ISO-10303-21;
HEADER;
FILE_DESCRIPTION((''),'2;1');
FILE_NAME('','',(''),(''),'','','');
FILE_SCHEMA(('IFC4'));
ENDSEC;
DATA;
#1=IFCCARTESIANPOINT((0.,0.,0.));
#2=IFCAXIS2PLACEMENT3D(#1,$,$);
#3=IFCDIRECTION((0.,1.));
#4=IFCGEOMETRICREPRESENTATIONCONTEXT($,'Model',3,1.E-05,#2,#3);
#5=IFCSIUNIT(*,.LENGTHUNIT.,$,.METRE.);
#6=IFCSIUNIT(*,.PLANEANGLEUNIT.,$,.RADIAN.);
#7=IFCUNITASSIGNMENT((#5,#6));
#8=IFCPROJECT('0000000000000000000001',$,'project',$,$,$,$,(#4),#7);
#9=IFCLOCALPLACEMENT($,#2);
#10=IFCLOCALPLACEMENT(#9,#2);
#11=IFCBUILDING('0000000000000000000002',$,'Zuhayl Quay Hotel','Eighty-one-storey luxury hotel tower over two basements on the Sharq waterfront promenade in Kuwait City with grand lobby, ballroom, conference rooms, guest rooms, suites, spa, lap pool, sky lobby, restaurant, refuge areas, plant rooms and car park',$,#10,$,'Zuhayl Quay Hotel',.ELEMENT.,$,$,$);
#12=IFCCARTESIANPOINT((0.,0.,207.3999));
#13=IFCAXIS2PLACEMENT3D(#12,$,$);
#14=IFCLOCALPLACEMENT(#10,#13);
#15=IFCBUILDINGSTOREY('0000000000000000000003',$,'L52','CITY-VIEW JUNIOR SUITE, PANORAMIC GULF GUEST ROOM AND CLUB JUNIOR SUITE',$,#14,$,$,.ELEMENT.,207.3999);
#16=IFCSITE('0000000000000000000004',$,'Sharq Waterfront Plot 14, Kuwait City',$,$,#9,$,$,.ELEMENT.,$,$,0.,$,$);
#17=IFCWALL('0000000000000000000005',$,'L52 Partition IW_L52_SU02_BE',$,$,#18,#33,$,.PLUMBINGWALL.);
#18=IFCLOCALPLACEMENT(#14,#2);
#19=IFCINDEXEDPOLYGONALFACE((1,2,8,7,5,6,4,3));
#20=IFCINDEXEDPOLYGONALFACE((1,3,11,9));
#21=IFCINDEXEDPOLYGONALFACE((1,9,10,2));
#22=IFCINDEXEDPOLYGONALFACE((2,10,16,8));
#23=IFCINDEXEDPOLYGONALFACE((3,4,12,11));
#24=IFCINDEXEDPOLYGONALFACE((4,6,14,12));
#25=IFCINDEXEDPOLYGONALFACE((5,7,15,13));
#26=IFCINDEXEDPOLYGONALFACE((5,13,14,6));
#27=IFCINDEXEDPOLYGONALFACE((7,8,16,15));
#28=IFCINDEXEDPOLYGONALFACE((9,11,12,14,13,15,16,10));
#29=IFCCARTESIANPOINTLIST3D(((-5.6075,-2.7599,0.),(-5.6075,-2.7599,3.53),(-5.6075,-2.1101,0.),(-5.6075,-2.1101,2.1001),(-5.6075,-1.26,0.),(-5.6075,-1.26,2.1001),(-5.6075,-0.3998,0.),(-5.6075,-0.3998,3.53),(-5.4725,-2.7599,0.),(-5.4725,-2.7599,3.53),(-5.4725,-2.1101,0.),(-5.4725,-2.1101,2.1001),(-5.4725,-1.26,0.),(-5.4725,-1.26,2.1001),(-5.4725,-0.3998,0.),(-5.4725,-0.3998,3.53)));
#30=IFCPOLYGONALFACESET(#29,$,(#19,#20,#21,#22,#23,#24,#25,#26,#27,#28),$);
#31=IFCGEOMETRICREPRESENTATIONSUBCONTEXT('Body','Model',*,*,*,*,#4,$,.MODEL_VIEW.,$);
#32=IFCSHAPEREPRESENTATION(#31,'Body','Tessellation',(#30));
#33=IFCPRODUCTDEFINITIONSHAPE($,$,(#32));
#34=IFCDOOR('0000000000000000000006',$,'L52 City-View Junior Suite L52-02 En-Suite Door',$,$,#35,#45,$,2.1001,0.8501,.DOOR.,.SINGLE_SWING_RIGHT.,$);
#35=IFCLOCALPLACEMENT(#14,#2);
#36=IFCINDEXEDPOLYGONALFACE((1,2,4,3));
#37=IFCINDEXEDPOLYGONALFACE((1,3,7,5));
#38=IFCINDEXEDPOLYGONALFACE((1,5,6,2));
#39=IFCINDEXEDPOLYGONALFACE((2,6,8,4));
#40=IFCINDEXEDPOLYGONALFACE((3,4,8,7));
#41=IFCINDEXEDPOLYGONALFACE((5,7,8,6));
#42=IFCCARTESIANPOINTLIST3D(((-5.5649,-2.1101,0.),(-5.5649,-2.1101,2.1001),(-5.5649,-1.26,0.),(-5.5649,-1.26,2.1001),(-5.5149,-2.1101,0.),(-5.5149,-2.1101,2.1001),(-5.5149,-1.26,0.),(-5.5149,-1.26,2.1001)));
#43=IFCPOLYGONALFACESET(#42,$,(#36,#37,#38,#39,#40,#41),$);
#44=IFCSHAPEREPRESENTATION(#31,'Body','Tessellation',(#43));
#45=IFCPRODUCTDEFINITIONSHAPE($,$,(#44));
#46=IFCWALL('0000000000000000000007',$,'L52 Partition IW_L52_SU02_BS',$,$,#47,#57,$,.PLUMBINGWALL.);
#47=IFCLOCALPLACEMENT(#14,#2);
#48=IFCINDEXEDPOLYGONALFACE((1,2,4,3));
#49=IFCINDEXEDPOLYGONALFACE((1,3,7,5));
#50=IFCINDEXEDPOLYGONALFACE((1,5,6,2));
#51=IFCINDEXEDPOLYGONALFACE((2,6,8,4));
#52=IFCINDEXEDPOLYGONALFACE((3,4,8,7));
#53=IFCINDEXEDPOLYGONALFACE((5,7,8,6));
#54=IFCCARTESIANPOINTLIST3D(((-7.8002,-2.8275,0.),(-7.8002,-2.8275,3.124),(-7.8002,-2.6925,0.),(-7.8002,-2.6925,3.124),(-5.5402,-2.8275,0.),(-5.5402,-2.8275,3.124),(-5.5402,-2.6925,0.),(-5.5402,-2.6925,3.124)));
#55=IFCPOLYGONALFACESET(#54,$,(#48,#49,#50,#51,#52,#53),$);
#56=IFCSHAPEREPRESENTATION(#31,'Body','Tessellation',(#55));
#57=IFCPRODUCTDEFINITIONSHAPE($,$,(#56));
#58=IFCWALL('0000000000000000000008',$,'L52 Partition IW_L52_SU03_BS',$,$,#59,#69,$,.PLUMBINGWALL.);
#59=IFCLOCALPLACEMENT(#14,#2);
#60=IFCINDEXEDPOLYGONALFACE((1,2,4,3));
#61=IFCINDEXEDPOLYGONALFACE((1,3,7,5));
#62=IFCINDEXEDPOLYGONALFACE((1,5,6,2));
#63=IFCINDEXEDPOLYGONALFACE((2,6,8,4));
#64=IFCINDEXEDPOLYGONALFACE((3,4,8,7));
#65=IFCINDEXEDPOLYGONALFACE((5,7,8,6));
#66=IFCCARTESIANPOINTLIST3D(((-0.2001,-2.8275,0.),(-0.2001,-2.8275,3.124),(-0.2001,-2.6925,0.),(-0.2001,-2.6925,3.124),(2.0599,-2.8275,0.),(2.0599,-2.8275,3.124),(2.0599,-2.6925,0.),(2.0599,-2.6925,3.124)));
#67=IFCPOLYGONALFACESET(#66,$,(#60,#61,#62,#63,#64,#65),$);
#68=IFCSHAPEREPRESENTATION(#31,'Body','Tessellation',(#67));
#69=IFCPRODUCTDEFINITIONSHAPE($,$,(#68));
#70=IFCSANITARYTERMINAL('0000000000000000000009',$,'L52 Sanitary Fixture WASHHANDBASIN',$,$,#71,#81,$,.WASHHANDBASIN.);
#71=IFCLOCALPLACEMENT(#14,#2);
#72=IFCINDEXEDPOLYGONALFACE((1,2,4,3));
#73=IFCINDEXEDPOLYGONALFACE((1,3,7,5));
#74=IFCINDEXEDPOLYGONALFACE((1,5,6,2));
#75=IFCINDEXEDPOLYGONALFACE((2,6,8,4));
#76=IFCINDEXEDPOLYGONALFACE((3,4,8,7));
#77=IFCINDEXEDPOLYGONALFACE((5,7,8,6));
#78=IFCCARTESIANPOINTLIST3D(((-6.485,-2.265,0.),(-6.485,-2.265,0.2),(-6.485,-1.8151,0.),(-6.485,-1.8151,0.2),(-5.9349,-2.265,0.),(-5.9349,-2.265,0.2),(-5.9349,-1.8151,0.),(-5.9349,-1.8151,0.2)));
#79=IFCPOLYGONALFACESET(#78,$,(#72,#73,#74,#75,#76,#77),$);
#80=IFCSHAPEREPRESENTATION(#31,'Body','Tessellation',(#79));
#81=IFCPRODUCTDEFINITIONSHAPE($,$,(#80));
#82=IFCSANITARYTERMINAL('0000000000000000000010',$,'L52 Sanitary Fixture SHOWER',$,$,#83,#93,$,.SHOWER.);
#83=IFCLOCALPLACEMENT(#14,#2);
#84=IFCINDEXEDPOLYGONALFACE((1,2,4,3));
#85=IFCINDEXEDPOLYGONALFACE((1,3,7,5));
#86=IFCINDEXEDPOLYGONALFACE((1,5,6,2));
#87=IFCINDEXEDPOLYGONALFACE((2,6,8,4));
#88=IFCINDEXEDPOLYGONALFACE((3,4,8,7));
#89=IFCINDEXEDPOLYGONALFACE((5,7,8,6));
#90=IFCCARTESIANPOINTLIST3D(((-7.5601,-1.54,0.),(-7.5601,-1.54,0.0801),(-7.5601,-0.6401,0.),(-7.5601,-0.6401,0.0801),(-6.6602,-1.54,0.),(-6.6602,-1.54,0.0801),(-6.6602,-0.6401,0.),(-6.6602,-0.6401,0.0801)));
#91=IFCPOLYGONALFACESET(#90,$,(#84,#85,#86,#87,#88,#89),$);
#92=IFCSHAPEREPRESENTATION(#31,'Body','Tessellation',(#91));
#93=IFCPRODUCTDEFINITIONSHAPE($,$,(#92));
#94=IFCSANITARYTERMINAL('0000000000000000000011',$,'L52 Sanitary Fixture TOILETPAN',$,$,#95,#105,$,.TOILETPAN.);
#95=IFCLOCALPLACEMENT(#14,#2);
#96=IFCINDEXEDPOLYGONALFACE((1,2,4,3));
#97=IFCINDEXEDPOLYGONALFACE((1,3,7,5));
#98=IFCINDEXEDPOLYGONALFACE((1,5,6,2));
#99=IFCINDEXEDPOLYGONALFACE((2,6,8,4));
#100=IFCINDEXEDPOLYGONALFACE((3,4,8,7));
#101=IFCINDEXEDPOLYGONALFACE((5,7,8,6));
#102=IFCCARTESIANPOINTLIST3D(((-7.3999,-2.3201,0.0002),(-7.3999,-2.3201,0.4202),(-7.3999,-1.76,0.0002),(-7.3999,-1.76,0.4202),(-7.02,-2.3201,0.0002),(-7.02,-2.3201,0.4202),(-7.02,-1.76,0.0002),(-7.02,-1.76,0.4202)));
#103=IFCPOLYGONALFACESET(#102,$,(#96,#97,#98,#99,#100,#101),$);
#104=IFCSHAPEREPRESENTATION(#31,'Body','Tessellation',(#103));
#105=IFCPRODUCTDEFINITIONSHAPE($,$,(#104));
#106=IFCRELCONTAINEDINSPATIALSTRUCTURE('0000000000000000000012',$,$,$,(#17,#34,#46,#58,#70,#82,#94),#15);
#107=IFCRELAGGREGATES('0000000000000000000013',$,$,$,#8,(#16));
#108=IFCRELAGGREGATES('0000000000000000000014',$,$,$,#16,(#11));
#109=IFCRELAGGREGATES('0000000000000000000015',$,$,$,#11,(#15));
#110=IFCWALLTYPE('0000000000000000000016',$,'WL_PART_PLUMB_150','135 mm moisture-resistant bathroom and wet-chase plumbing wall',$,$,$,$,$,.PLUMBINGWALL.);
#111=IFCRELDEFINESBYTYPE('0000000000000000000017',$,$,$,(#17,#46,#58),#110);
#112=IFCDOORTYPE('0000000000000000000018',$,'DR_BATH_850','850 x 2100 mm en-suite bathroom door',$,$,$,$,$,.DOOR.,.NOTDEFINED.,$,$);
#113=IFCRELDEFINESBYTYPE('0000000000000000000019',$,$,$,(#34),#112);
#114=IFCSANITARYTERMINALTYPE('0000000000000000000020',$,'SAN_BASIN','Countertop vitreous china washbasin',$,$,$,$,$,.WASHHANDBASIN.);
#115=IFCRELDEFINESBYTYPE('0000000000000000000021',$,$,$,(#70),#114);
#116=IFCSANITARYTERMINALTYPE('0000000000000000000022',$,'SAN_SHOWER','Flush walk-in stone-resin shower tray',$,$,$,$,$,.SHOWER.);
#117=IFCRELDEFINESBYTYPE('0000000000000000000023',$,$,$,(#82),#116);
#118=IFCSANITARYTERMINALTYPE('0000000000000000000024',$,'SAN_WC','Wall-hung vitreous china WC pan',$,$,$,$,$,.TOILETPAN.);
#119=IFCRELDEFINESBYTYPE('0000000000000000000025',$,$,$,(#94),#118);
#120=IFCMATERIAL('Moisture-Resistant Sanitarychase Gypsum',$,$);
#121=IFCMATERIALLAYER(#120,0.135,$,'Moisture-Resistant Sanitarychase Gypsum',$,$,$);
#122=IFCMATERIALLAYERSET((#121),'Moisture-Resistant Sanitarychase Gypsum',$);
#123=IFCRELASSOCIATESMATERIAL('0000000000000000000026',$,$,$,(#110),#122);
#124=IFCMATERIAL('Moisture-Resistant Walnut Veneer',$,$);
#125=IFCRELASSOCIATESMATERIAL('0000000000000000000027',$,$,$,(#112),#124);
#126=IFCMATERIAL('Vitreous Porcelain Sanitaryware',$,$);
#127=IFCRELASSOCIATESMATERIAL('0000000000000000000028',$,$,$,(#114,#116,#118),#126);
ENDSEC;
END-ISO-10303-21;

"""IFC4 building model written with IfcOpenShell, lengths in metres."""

from ifc_helpers import new_model, si_unit, direction, frame, frame_2d, origin, origin_2d, place, context, subcontext, project, spatial, rectangle, extrude, material, layer, layer_set, type_object, element, fill, save


model = new_model("IFC4")

# Units and contexts
model_context = context("Model", 3, precision=1e-05, world=origin(), true_north=direction((0.0, 1.0)))
body_context = subcontext(model_context, "Body", "Model", "MODEL_VIEW")
ifc_project = project(units=[si_unit("LENGTHUNIT", "METRE"), si_unit("PLANEANGLEUNIT", "RADIAN")], contexts=[model_context])

# Site, building, storey
site_placement = place(None, origin())
site = spatial("IfcSite", under=ifc_project, at=site_placement, Name="Sharq Waterfront Plot 14, Kuwait City", CompositionType="ELEMENT", RefElevation=0.0)
building_placement = place(site_placement, origin())
building = spatial("IfcBuilding", under=site, at=building_placement, Name="Zuhayl Quay Hotel", Description="Eighty-one-storey luxury hotel tower over two basements on the Sharq waterfront promenade in Kuwait City with grand lobby, ballroom, conference rooms, guest rooms, suites, spa, lap pool, sky lobby, restaurant, refuge areas, plant rooms and car park", LongName="Zuhayl Quay Hotel", CompositionType="ELEMENT")
storey_placement = place(building_placement, frame((0.0, 0.0, 207.3999)))
storey = spatial("IfcBuildingStorey", under=building, at=storey_placement, Name="L52", Description="CITY-VIEW JUNIOR SUITE, PANORAMIC GULF GUEST ROOM AND CLUB JUNIOR SUITE", CompositionType="ELEMENT", Elevation=207.3999)

# Wall, opening, door
ifc_material_1 = material(Name="Moisture-Resistant Sanitarychase Gypsum")
ifc_layer_1 = layer(ifc_material_1, 0.135, Name="Moisture-Resistant Sanitarychase Gypsum")
ifc_layer_set_1 = layer_set([ifc_layer_1], Name="Moisture-Resistant Sanitarychase Gypsum")
wall_type_1 = type_object("IfcWallType", Name="WL_PART_PLUMB_150", Description="135 mm moisture-resistant bathroom and wet-chase plumbing wall", PredefinedType="PLUMBINGWALL", material=ifc_layer_set_1)
wall_1_placement = place(storey_placement, frame((-5.54, -2.76, 0.0), z_axis=(0.0, 0.0, 1.0), x_axis=(0.0, 1.0, 0.0)))
wall_1 = element("IfcWall", 1, at=wall_1_placement, inside=storey, type_object=wall_type_1, Name="L52 Partition IW_L52_SU02_BE", PredefinedType="PLUMBINGWALL", context=body_context, shape_type="SweptSolid", body=[
    extrude(rectangle(XDim=2.3601, YDim=0.135, at=frame_2d((1.1802, 0.0))), origin(), (0.0, 0.0, 1.0), 3.53),
])
opening_1_placement = place(wall_1_placement, frame((0.6499, 0.0, 0.0)))
opening_1 = element("IfcOpeningElement", 2, at=opening_1_placement, cuts=wall_1, PredefinedType="OPENING", context=body_context, shape_type="SweptSolid", body=[
    extrude(rectangle(XDim=0.8501, YDim=2.1001, at=frame_2d((0.425, 1.05))), frame((0.0, 0.0774, 0.0), z_axis=(0.0, -1.0, 0.0), x_axis=(1.0, 0.0, 0.0)), (0.0, 0.0, 1.0), 0.155),
])
ifc_material_2 = material(Name="Moisture-Resistant Walnut Veneer")
door_type_1 = type_object("IfcDoorType", Name="DR_BATH_850", Description="850 x 2100 mm en-suite bathroom door", OperationType="NOTDEFINED", PredefinedType="DOOR", material=ifc_material_2)
door_1_placement = place(opening_1_placement, origin())
door_1 = element("IfcDoor", 3, at=door_1_placement, inside=storey, type_object=door_type_1, Name="L52 City-View Junior Suite L52-02 En-Suite Door", OperationType="SINGLE_SWING_RIGHT", OverallHeight=2.1001, OverallWidth=0.8501, PredefinedType="DOOR", context=body_context, shape_type="SweptSolid", body=[
    extrude(rectangle(XDim=0.8501, YDim=2.1001, at=frame_2d((0.425, 1.05))), frame((0.0, 0.0249, 0.0), z_axis=(0.0, -1.0, 0.0), x_axis=(1.0, 0.0, 0.0)), (0.0, 0.0, 1.0), 0.05),
])
fill(opening_1, door_1)

# Walls
for number, where, z_axis, x_axis, name in (
    (4, (-7.8, -2.76, 0.0), (0.0, 0.0, 1.0), (1.0, 0.0, 0.0), "L52 Partition IW_L52_SU02_BS"),
    (5, (-0.2, -2.76, 0.0), (0.0, 0.0, 1.0), (1.0, 0.0, 0.0), "L52 Partition IW_L52_SU03_BS"),
):
    element("IfcWall", number, at=place(storey_placement, frame(where, z_axis=z_axis, x_axis=x_axis)), inside=storey, type_object=wall_type_1, Name=name, PredefinedType="PLUMBINGWALL", context=body_context, shape_type="SweptSolid", body=[
        extrude(rectangle(XDim=2.26, YDim=0.135, at=frame_2d((1.1299, 0.0))), origin(), (0.0, 0.0, 1.0), 3.124),
    ])

# Sanitary terminals
ifc_material_3 = material(Name="Vitreous Porcelain Sanitaryware")
sanitary_terminal_type_1 = type_object("IfcSanitaryTerminalType", Name="SAN_BASIN", Description="Countertop vitreous china washbasin", PredefinedType="WASHHANDBASIN", material=ifc_material_3)
sanitary_terminal_1_placement = place(storey_placement, frame((-6.21, -2.04, 0.0), z_axis=(0.0, 0.0, 1.0), x_axis=(1.0, 0.0, 0.0)))
element("IfcSanitaryTerminal", 6, at=sanitary_terminal_1_placement, inside=storey, type_object=sanitary_terminal_type_1, Name="L52 Sanitary Fixture WASHHANDBASIN", PredefinedType="WASHHANDBASIN", context=body_context, shape_type="SweptSolid", body=[
    extrude(rectangle(XDim=0.55, YDim=0.45, at=origin_2d()), origin(), (0.0, 0.0, 1.0), 0.2),
])
sanitary_terminal_type_2 = type_object("IfcSanitaryTerminalType", Name="SAN_SHOWER", Description="Flush walk-in stone-resin shower tray", PredefinedType="SHOWER", material=ifc_material_3)
sanitary_terminal_2_placement = place(storey_placement, frame((-7.1101, -1.0901, 0.0), z_axis=(0.0, 0.0, 1.0), x_axis=(1.0, 0.0, 0.0)))
element("IfcSanitaryTerminal", 7, at=sanitary_terminal_2_placement, inside=storey, type_object=sanitary_terminal_type_2, Name="L52 Sanitary Fixture SHOWER", PredefinedType="SHOWER", context=body_context, shape_type="SweptSolid", body=[
    extrude(rectangle(XDim=0.8999, YDim=0.8999, at=origin_2d()), origin(), (0.0, 0.0, 1.0), 0.0801),
])
sanitary_terminal_type_3 = type_object("IfcSanitaryTerminalType", Name="SAN_WC", Description="Wall-hung vitreous china WC pan", PredefinedType="TOILETPAN", material=ifc_material_3)
sanitary_terminal_3_placement = place(storey_placement, frame((-7.21, -2.04, 0.0002), z_axis=(0.0, 0.0, 1.0), x_axis=(1.0, 0.0, 0.0)))
element("IfcSanitaryTerminal", 8, at=sanitary_terminal_3_placement, inside=storey, type_object=sanitary_terminal_type_3, Name="L52 Sanitary Fixture TOILETPAN", PredefinedType="TOILETPAN", context=body_context, shape_type="SweptSolid", body=[
    extrude(rectangle(XDim=0.3799, YDim=0.5601, at=origin_2d()), origin(), (0.0, 0.0, 1.0), 0.4199),
])

save(model, "model.ifc")
